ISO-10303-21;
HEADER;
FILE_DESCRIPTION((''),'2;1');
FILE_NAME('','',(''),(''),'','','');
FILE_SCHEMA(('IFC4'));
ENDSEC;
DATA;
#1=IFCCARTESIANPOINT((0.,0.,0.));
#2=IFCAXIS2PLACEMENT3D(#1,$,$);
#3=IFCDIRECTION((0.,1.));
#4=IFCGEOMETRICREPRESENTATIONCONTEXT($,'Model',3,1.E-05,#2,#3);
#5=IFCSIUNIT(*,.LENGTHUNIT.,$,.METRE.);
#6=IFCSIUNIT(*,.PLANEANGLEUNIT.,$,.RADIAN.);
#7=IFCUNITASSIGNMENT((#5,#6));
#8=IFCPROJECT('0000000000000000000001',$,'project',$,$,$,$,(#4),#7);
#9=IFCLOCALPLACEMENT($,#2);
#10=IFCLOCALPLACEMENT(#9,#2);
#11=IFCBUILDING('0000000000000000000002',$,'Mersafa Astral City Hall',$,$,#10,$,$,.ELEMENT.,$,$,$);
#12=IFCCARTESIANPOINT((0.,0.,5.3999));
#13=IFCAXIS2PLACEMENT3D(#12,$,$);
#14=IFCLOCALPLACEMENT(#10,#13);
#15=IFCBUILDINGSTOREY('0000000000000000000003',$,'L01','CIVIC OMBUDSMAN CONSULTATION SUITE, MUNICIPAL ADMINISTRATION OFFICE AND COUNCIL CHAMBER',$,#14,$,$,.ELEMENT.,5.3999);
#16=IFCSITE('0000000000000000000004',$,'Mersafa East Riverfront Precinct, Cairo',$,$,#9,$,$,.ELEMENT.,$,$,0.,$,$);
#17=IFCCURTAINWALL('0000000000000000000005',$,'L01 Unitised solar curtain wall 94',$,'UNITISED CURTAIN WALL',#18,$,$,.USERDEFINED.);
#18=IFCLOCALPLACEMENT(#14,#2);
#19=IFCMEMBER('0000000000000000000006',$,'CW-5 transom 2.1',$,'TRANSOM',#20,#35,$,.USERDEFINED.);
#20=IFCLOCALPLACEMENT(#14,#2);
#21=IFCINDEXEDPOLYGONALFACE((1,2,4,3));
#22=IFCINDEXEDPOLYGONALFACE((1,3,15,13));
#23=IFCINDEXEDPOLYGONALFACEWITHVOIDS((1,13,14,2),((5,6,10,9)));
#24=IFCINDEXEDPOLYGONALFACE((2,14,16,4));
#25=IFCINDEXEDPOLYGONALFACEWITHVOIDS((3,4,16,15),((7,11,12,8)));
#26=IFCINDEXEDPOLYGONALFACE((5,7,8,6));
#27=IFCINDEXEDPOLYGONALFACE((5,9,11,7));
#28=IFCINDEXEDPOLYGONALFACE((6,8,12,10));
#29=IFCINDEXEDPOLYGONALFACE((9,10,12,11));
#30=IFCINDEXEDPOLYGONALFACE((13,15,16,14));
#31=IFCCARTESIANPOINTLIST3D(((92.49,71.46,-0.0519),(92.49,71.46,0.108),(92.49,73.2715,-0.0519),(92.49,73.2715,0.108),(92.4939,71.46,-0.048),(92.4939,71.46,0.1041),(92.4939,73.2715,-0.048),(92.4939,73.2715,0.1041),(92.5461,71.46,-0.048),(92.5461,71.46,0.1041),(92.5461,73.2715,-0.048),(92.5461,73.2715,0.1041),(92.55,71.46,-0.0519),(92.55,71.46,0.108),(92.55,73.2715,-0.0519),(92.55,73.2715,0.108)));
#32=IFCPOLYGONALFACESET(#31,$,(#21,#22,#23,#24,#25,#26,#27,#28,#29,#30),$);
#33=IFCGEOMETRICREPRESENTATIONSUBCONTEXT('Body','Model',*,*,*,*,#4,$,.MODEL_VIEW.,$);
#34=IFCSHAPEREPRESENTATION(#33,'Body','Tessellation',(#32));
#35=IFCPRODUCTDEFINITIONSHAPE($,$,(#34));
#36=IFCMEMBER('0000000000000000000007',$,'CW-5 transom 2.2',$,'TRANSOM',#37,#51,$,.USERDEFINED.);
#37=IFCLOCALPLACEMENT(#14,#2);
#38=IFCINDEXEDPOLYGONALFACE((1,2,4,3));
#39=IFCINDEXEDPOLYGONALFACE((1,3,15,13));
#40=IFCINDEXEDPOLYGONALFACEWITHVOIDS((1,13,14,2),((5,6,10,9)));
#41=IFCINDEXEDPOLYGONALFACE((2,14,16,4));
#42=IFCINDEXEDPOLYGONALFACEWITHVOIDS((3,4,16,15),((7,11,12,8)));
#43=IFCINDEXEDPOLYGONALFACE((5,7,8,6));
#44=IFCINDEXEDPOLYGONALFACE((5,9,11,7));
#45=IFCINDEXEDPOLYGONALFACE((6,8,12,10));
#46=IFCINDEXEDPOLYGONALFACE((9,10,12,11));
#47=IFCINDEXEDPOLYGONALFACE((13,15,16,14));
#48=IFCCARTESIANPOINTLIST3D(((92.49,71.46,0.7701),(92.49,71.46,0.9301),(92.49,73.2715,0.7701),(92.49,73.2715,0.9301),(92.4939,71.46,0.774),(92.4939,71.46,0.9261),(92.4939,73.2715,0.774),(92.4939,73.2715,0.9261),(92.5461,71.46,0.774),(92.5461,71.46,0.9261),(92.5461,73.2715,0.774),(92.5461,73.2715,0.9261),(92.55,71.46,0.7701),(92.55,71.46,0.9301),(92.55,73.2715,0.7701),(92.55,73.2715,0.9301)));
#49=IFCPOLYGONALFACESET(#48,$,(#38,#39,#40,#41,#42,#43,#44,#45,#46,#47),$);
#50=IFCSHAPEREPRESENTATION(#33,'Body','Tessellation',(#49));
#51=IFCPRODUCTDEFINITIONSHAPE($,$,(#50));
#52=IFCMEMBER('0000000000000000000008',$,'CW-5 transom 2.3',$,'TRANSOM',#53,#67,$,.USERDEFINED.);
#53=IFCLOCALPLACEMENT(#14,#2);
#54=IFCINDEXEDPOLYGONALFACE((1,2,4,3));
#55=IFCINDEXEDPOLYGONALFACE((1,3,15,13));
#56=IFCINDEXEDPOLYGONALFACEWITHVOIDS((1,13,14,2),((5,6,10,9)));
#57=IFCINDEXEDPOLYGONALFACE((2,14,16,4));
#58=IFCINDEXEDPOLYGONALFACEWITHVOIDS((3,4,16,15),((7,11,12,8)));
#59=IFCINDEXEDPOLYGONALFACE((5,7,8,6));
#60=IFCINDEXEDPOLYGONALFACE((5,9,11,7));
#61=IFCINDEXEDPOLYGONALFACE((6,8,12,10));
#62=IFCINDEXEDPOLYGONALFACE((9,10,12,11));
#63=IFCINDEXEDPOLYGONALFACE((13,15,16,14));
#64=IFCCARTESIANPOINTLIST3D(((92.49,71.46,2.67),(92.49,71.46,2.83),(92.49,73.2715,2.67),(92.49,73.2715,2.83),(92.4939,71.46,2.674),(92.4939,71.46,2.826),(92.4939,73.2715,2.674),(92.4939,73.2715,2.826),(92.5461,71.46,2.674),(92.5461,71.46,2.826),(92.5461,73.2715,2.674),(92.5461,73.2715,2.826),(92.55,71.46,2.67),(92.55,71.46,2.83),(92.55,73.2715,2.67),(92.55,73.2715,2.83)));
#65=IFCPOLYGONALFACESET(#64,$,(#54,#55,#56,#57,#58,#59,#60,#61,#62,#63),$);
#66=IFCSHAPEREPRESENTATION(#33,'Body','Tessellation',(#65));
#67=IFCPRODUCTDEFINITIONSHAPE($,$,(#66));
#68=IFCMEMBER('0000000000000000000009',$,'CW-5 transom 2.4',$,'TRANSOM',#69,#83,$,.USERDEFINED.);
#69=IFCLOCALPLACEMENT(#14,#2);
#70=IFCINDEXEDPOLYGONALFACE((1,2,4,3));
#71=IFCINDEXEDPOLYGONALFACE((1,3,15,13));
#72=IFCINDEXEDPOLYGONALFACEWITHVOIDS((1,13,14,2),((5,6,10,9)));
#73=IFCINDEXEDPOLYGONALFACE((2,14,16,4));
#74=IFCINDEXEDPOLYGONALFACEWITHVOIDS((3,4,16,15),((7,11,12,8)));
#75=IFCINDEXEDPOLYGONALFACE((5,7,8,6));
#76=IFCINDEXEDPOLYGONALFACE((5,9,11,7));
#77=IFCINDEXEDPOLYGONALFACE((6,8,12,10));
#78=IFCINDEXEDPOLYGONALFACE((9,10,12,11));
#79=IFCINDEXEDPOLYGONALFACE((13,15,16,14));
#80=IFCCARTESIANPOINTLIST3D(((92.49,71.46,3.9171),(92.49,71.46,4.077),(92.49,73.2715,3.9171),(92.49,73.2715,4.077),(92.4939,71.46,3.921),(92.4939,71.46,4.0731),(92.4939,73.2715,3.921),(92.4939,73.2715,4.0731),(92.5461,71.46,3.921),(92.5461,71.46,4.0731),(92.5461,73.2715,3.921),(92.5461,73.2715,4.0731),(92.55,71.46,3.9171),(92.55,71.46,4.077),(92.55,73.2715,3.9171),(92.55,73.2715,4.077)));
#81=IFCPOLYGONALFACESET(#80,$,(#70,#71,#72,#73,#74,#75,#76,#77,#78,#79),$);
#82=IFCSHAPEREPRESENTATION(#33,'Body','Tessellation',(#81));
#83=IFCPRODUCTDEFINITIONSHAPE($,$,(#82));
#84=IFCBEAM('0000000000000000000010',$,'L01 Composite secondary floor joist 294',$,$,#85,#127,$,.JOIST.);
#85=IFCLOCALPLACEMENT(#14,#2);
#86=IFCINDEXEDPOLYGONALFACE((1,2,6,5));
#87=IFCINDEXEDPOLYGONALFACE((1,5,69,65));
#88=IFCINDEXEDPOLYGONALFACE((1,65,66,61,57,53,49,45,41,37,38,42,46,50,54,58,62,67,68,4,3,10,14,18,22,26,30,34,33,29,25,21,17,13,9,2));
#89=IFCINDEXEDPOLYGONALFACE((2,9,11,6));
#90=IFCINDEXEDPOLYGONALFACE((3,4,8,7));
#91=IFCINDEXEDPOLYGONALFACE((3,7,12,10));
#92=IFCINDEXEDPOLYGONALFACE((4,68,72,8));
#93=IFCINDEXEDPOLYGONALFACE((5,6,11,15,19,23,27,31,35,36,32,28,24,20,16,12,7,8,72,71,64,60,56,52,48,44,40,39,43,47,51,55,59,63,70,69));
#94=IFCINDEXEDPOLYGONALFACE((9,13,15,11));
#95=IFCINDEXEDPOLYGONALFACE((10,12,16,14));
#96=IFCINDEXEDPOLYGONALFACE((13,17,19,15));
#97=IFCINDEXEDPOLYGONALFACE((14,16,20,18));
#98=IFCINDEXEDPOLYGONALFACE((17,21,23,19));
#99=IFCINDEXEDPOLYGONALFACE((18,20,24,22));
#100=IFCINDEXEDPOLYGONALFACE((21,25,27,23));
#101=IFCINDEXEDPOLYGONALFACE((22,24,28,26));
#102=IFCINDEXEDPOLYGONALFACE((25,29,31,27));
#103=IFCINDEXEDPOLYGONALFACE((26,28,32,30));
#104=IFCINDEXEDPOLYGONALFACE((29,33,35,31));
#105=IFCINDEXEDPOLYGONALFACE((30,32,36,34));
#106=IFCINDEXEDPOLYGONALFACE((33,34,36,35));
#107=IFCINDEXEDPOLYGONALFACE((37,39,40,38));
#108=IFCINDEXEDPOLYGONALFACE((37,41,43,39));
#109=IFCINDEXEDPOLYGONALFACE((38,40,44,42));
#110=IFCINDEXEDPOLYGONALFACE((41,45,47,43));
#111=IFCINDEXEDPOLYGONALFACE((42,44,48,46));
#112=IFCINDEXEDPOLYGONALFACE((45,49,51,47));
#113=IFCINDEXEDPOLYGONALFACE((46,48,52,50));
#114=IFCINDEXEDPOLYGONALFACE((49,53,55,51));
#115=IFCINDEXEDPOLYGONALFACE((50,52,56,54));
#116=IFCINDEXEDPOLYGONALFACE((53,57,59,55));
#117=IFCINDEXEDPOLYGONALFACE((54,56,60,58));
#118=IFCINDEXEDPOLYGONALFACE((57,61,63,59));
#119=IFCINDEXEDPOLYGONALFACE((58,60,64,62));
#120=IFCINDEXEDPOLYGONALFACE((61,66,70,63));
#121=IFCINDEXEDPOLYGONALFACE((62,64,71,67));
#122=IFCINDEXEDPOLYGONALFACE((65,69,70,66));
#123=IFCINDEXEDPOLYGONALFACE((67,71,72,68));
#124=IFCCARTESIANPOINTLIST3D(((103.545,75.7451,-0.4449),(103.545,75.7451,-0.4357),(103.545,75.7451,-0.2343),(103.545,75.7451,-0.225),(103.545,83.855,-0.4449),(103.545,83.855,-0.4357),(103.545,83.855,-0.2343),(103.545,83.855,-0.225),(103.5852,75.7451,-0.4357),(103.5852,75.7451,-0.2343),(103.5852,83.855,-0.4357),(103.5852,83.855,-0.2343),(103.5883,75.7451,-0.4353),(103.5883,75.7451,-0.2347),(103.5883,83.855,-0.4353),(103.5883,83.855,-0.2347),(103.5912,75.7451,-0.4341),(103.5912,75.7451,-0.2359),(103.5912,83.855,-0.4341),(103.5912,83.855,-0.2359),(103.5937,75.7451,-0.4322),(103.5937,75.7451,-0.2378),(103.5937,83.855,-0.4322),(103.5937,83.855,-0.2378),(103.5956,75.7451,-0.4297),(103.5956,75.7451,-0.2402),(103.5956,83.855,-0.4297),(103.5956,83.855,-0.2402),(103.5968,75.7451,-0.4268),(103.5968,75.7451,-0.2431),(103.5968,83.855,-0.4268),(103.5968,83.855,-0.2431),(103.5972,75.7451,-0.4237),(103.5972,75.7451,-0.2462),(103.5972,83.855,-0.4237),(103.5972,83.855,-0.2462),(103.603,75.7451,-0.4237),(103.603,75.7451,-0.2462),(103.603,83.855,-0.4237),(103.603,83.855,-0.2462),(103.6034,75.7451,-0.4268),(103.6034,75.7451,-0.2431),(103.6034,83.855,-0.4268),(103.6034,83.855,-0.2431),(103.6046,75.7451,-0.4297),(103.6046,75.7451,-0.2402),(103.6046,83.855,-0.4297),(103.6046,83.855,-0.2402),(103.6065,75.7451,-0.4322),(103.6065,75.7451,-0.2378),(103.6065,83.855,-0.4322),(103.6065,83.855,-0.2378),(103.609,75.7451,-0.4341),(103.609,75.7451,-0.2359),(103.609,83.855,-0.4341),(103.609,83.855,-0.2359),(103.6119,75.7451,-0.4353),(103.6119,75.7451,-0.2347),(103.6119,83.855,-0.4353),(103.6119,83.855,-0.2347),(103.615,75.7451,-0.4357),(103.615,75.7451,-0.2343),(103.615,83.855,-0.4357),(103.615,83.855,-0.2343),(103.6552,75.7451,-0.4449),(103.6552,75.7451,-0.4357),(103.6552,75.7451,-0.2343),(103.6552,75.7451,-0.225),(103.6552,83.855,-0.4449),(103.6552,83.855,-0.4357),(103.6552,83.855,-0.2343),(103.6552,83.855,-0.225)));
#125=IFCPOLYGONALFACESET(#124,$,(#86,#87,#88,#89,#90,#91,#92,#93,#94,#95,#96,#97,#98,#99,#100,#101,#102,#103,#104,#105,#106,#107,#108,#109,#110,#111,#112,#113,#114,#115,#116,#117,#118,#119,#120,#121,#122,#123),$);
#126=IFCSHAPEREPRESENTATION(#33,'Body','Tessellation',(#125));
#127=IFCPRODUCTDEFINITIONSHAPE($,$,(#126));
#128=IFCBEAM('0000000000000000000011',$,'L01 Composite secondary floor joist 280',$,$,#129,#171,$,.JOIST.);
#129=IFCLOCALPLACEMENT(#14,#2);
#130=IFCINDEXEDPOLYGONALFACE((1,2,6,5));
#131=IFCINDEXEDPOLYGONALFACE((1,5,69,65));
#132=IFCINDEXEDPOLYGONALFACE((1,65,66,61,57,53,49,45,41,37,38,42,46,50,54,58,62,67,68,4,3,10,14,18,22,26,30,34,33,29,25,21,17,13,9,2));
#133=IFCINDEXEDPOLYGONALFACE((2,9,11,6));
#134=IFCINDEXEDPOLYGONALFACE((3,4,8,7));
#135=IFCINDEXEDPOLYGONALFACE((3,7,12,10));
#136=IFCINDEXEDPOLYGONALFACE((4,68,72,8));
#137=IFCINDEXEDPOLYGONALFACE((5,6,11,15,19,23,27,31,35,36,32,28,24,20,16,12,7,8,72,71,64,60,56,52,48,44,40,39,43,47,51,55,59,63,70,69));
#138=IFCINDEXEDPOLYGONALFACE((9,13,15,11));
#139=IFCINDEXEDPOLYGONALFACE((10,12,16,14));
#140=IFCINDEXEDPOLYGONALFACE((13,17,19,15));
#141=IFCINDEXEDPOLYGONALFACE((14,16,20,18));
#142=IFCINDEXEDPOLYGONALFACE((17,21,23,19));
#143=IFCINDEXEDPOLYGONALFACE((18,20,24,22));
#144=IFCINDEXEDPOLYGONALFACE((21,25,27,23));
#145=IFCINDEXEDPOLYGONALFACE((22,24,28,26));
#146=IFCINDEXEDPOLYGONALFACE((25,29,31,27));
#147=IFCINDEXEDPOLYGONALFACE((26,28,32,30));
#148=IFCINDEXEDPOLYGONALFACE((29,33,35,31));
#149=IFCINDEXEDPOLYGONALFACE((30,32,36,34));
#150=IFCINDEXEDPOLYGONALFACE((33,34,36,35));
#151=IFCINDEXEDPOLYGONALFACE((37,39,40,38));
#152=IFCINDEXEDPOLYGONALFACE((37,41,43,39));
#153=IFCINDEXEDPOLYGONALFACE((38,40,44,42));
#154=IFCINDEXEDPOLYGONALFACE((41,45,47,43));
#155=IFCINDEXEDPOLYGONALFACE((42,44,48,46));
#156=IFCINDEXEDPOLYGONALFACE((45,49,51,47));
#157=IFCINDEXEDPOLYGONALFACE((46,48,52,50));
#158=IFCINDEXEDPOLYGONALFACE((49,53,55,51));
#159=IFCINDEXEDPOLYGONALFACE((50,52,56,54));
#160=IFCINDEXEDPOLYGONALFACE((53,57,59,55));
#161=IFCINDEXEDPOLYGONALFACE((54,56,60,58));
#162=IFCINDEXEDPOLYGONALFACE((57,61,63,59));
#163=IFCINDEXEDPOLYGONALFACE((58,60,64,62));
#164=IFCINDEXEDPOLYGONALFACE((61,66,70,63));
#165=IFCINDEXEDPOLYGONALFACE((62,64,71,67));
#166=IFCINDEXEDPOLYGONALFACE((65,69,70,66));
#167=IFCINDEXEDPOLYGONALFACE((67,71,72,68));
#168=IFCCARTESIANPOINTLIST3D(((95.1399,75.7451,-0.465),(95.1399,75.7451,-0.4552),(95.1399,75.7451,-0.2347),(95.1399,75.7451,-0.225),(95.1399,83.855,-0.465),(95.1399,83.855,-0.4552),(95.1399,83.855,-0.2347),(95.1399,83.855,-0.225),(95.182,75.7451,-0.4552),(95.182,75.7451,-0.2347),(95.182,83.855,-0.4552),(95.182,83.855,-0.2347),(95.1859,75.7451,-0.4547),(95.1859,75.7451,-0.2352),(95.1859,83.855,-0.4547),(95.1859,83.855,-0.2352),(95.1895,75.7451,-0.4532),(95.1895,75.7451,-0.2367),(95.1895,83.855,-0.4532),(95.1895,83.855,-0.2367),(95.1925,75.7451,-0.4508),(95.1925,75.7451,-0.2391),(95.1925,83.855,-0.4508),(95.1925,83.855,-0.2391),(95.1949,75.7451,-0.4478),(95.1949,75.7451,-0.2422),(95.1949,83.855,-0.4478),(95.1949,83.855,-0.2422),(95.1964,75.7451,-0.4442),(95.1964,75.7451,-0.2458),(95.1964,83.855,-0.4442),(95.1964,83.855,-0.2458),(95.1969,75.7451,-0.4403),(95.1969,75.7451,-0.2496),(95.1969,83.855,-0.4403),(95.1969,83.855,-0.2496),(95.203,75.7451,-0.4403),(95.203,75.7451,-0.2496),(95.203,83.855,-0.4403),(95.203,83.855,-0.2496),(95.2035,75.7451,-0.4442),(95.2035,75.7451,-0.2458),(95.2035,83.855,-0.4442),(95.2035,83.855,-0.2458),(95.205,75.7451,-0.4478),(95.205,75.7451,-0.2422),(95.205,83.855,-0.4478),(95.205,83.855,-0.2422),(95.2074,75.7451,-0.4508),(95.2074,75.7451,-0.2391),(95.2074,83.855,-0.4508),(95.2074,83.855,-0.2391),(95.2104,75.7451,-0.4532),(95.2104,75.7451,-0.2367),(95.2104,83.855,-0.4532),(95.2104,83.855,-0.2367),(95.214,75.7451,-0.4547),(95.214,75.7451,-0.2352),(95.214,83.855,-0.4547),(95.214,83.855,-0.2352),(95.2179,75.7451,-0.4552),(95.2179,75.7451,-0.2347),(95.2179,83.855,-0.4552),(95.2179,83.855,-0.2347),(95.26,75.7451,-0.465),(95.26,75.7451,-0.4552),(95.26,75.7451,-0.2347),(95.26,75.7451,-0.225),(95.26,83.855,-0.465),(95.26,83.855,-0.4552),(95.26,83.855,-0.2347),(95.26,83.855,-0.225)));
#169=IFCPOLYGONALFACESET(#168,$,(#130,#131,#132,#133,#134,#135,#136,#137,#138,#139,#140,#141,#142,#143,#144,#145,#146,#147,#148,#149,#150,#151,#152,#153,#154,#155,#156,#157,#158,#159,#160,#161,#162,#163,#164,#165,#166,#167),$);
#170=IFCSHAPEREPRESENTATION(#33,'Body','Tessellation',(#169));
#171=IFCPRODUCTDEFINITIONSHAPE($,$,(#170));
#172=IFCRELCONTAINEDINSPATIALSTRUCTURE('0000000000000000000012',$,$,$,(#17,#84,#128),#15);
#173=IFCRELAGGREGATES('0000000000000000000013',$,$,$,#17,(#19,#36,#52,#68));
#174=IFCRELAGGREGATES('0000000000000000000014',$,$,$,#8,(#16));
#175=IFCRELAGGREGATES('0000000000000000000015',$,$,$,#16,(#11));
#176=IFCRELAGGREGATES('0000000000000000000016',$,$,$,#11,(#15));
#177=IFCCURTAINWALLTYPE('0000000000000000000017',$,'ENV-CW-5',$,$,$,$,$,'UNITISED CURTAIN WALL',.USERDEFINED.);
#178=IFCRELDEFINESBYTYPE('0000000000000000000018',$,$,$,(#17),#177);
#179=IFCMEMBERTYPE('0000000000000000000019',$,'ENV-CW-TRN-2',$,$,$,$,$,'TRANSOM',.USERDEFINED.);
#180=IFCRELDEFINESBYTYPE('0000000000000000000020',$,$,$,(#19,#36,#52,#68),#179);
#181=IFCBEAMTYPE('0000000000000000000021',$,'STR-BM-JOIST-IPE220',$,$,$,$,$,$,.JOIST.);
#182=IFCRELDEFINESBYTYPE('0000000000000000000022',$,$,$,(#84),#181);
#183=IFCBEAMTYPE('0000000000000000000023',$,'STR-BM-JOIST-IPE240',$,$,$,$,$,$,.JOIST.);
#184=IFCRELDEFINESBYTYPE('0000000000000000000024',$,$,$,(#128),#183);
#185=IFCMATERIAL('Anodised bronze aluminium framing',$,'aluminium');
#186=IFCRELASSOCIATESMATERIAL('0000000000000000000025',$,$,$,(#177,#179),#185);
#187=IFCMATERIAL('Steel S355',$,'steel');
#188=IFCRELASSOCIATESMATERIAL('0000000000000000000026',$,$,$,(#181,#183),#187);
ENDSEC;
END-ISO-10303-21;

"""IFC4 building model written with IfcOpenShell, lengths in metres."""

from ifc_helpers import new_model, si_unit, direction, frame, origin, origin_2d, place, context, subcontext, project, spatial, hollow_rectangle, i_section, extrude, material, material_profile, profile_set, type_object, element, aggregate, save


model = new_model("IFC4")

# Units and contexts
model_context = context("Model", 3, precision=1e-05, world=origin(), true_north=direction((0.0, 1.0)))
body_context = subcontext(model_context, "Body", "Model", "MODEL_VIEW")
ifc_project = project(units=[si_unit("LENGTHUNIT", "METRE"), si_unit("PLANEANGLEUNIT", "RADIAN")], contexts=[model_context])

# Site, building, storey
site_placement = place(None, origin())
site = spatial("IfcSite", under=ifc_project, at=site_placement, Name="Mersafa East Riverfront Precinct, Cairo", CompositionType="ELEMENT", RefElevation=0.0)
building_placement = place(site_placement, origin())
building = spatial("IfcBuilding", under=site, at=building_placement, Name="Mersafa Astral City Hall", CompositionType="ELEMENT")
storey_placement = place(building_placement, frame((0.0, 0.0, 5.3999)))
storey = spatial("IfcBuildingStorey", under=building, at=storey_placement, Name="L01", Description="CIVIC OMBUDSMAN CONSULTATION SUITE, MUNICIPAL ADMINISTRATION OFFICE AND COUNCIL CHAMBER", CompositionType="ELEMENT", Elevation=5.3999)

# Shared definitions
ifc_material_1 = material(Name="Steel S355", Category="steel")

# Shared definitions
ifc_material_2 = material(Name="Anodised bronze aluminium framing", Category="aluminium")

# Curtain wall, members
curtain_wall_type_1 = type_object("IfcCurtainWallType", Name="ENV-CW-5", ElementType="UNITISED CURTAIN WALL", PredefinedType="USERDEFINED", material=ifc_material_2)
curtain_wall_1_placement = place(storey_placement, origin())
curtain_wall_1 = element("IfcCurtainWall", 1, at=curtain_wall_1_placement, inside=storey, type_object=curtain_wall_type_1, Name="L01 Unitised solar curtain wall 94", ObjectType="UNITISED CURTAIN WALL", PredefinedType="USERDEFINED")
ifc_material_profile_1 = material_profile(ifc_material_2, hollow_rectangle(XDim=0.0601, YDim=0.1599, WallThickness=0.0039, at=origin_2d()), Name="RHS 60x160x4")
ifc_profile_set_1 = profile_set([ifc_material_profile_1], Name="Anodised bronze aluminium framing")
member_type_1 = type_object("IfcMemberType", Name="ENV-CW-TRN-2", ElementType="TRANSOM", PredefinedType="USERDEFINED", material=ifc_profile_set_1)
member_1_placement = place(storey_placement, frame((92.52, 73.2715, 0.0281), z_axis=(0.0, -1.0, 0.0), x_axis=(1.0, 0.0, 0.0)))
member_1 = element("IfcMember", 2, at=member_1_placement, type_object=member_type_1, Name="CW-5 transom 2.1", ObjectType="TRANSOM", PredefinedType="USERDEFINED", context=body_context, shape_type="SweptSolid", body=[
    extrude(hollow_rectangle(XDim=0.0601, YDim=0.1599, WallThickness=0.0039, at=origin_2d()), origin(), (0.0, 0.0, 1.0), 1.8115),
])
member_2_placement = place(storey_placement, frame((92.52, 73.2715, 0.8501), z_axis=(0.0, -1.0, 0.0), x_axis=(1.0, 0.0, 0.0)))
member_2 = element("IfcMember", 3, at=member_2_placement, type_object=member_type_1, Name="CW-5 transom 2.2", ObjectType="TRANSOM", PredefinedType="USERDEFINED", context=body_context, shape_type="SweptSolid", body=[
    extrude(hollow_rectangle(XDim=0.0601, YDim=0.1599, WallThickness=0.0039, at=origin_2d()), origin(), (0.0, 0.0, 1.0), 1.8115),
])
member_3_placement = place(storey_placement, frame((92.52, 73.2715, 2.75), z_axis=(0.0, -1.0, 0.0), x_axis=(1.0, 0.0, 0.0)))
member_3 = element("IfcMember", 4, at=member_3_placement, type_object=member_type_1, Name="CW-5 transom 2.3", ObjectType="TRANSOM", PredefinedType="USERDEFINED", context=body_context, shape_type="SweptSolid", body=[
    extrude(hollow_rectangle(XDim=0.0601, YDim=0.1599, WallThickness=0.0039, at=origin_2d()), origin(), (0.0, 0.0, 1.0), 1.8115),
])
member_4_placement = place(storey_placement, frame((92.52, 73.2715, 3.9971), z_axis=(0.0, -1.0, 0.0), x_axis=(1.0, 0.0, 0.0)))
member_4 = element("IfcMember", 5, at=member_4_placement, type_object=member_type_1, Name="CW-5 transom 2.4", ObjectType="TRANSOM", PredefinedType="USERDEFINED", context=body_context, shape_type="SweptSolid", body=[
    extrude(hollow_rectangle(XDim=0.0601, YDim=0.1599, WallThickness=0.0039, at=origin_2d()), origin(), (0.0, 0.0, 1.0), 1.8115),
])

# Beams
ifc_material_profile_2 = material_profile(ifc_material_1, i_section(OverallWidth=0.1101, OverallDepth=0.22, WebThickness=0.0059, FlangeThickness=0.0093, FilletRadius=0.012, at=origin_2d()), Name="IPE 220")
ifc_profile_set_2 = profile_set([ifc_material_profile_2], Name="Steel S355")
beam_type_1 = type_object("IfcBeamType", Name="STR-BM-JOIST-IPE220", PredefinedType="JOIST", material=ifc_profile_set_2)
beam_1_placement = place(storey_placement, frame((103.6001, 75.7451, -0.335), z_axis=(0.0, 1.0, 0.0), x_axis=(-1.0, 0.0, 0.0)))
element("IfcBeam", 6, at=beam_1_placement, inside=storey, type_object=beam_type_1, Name="L01 Composite secondary floor joist 294", PredefinedType="JOIST", context=body_context, shape_type="SweptSolid", body=[
    extrude(i_section(OverallWidth=0.1101, OverallDepth=0.22, WebThickness=0.0059, FlangeThickness=0.0093, FilletRadius=0.012, at=origin_2d()), origin(), (0.0, 0.0, 1.0), 8.1099),
])
ifc_material_profile_3 = material_profile(ifc_material_1, i_section(OverallWidth=0.1201, OverallDepth=0.24, WebThickness=0.0061, FlangeThickness=0.0098, FilletRadius=0.0149, at=origin_2d()), Name="IPE 240")
ifc_profile_set_3 = profile_set([ifc_material_profile_3], Name="Steel S355")
beam_type_2 = type_object("IfcBeamType", Name="STR-BM-JOIST-IPE240", PredefinedType="JOIST", material=ifc_profile_set_3)
for number, where, z_axis, x_axis, name in (
    (7, (95.2, 75.7451, -0.345), (0.0, 1.0, 0.0), (-1.0, 0.0, 0.0), "L01 Composite secondary floor joist 280"),
):
    element("IfcBeam", number, at=place(storey_placement, frame(where, z_axis=z_axis, x_axis=x_axis)), inside=storey, type_object=beam_type_2, Name=name, PredefinedType="JOIST", context=body_context, shape_type="SweptSolid", body=[
        extrude(i_section(OverallWidth=0.1201, OverallDepth=0.24, WebThickness=0.0061, FlangeThickness=0.0098, FilletRadius=0.0149, at=origin_2d()), origin(), (0.0, 0.0, 1.0), 8.1099),
    ])

aggregate(curtain_wall_1, [member_1, member_2, member_3, member_4])

save(model, "model.ifc")
